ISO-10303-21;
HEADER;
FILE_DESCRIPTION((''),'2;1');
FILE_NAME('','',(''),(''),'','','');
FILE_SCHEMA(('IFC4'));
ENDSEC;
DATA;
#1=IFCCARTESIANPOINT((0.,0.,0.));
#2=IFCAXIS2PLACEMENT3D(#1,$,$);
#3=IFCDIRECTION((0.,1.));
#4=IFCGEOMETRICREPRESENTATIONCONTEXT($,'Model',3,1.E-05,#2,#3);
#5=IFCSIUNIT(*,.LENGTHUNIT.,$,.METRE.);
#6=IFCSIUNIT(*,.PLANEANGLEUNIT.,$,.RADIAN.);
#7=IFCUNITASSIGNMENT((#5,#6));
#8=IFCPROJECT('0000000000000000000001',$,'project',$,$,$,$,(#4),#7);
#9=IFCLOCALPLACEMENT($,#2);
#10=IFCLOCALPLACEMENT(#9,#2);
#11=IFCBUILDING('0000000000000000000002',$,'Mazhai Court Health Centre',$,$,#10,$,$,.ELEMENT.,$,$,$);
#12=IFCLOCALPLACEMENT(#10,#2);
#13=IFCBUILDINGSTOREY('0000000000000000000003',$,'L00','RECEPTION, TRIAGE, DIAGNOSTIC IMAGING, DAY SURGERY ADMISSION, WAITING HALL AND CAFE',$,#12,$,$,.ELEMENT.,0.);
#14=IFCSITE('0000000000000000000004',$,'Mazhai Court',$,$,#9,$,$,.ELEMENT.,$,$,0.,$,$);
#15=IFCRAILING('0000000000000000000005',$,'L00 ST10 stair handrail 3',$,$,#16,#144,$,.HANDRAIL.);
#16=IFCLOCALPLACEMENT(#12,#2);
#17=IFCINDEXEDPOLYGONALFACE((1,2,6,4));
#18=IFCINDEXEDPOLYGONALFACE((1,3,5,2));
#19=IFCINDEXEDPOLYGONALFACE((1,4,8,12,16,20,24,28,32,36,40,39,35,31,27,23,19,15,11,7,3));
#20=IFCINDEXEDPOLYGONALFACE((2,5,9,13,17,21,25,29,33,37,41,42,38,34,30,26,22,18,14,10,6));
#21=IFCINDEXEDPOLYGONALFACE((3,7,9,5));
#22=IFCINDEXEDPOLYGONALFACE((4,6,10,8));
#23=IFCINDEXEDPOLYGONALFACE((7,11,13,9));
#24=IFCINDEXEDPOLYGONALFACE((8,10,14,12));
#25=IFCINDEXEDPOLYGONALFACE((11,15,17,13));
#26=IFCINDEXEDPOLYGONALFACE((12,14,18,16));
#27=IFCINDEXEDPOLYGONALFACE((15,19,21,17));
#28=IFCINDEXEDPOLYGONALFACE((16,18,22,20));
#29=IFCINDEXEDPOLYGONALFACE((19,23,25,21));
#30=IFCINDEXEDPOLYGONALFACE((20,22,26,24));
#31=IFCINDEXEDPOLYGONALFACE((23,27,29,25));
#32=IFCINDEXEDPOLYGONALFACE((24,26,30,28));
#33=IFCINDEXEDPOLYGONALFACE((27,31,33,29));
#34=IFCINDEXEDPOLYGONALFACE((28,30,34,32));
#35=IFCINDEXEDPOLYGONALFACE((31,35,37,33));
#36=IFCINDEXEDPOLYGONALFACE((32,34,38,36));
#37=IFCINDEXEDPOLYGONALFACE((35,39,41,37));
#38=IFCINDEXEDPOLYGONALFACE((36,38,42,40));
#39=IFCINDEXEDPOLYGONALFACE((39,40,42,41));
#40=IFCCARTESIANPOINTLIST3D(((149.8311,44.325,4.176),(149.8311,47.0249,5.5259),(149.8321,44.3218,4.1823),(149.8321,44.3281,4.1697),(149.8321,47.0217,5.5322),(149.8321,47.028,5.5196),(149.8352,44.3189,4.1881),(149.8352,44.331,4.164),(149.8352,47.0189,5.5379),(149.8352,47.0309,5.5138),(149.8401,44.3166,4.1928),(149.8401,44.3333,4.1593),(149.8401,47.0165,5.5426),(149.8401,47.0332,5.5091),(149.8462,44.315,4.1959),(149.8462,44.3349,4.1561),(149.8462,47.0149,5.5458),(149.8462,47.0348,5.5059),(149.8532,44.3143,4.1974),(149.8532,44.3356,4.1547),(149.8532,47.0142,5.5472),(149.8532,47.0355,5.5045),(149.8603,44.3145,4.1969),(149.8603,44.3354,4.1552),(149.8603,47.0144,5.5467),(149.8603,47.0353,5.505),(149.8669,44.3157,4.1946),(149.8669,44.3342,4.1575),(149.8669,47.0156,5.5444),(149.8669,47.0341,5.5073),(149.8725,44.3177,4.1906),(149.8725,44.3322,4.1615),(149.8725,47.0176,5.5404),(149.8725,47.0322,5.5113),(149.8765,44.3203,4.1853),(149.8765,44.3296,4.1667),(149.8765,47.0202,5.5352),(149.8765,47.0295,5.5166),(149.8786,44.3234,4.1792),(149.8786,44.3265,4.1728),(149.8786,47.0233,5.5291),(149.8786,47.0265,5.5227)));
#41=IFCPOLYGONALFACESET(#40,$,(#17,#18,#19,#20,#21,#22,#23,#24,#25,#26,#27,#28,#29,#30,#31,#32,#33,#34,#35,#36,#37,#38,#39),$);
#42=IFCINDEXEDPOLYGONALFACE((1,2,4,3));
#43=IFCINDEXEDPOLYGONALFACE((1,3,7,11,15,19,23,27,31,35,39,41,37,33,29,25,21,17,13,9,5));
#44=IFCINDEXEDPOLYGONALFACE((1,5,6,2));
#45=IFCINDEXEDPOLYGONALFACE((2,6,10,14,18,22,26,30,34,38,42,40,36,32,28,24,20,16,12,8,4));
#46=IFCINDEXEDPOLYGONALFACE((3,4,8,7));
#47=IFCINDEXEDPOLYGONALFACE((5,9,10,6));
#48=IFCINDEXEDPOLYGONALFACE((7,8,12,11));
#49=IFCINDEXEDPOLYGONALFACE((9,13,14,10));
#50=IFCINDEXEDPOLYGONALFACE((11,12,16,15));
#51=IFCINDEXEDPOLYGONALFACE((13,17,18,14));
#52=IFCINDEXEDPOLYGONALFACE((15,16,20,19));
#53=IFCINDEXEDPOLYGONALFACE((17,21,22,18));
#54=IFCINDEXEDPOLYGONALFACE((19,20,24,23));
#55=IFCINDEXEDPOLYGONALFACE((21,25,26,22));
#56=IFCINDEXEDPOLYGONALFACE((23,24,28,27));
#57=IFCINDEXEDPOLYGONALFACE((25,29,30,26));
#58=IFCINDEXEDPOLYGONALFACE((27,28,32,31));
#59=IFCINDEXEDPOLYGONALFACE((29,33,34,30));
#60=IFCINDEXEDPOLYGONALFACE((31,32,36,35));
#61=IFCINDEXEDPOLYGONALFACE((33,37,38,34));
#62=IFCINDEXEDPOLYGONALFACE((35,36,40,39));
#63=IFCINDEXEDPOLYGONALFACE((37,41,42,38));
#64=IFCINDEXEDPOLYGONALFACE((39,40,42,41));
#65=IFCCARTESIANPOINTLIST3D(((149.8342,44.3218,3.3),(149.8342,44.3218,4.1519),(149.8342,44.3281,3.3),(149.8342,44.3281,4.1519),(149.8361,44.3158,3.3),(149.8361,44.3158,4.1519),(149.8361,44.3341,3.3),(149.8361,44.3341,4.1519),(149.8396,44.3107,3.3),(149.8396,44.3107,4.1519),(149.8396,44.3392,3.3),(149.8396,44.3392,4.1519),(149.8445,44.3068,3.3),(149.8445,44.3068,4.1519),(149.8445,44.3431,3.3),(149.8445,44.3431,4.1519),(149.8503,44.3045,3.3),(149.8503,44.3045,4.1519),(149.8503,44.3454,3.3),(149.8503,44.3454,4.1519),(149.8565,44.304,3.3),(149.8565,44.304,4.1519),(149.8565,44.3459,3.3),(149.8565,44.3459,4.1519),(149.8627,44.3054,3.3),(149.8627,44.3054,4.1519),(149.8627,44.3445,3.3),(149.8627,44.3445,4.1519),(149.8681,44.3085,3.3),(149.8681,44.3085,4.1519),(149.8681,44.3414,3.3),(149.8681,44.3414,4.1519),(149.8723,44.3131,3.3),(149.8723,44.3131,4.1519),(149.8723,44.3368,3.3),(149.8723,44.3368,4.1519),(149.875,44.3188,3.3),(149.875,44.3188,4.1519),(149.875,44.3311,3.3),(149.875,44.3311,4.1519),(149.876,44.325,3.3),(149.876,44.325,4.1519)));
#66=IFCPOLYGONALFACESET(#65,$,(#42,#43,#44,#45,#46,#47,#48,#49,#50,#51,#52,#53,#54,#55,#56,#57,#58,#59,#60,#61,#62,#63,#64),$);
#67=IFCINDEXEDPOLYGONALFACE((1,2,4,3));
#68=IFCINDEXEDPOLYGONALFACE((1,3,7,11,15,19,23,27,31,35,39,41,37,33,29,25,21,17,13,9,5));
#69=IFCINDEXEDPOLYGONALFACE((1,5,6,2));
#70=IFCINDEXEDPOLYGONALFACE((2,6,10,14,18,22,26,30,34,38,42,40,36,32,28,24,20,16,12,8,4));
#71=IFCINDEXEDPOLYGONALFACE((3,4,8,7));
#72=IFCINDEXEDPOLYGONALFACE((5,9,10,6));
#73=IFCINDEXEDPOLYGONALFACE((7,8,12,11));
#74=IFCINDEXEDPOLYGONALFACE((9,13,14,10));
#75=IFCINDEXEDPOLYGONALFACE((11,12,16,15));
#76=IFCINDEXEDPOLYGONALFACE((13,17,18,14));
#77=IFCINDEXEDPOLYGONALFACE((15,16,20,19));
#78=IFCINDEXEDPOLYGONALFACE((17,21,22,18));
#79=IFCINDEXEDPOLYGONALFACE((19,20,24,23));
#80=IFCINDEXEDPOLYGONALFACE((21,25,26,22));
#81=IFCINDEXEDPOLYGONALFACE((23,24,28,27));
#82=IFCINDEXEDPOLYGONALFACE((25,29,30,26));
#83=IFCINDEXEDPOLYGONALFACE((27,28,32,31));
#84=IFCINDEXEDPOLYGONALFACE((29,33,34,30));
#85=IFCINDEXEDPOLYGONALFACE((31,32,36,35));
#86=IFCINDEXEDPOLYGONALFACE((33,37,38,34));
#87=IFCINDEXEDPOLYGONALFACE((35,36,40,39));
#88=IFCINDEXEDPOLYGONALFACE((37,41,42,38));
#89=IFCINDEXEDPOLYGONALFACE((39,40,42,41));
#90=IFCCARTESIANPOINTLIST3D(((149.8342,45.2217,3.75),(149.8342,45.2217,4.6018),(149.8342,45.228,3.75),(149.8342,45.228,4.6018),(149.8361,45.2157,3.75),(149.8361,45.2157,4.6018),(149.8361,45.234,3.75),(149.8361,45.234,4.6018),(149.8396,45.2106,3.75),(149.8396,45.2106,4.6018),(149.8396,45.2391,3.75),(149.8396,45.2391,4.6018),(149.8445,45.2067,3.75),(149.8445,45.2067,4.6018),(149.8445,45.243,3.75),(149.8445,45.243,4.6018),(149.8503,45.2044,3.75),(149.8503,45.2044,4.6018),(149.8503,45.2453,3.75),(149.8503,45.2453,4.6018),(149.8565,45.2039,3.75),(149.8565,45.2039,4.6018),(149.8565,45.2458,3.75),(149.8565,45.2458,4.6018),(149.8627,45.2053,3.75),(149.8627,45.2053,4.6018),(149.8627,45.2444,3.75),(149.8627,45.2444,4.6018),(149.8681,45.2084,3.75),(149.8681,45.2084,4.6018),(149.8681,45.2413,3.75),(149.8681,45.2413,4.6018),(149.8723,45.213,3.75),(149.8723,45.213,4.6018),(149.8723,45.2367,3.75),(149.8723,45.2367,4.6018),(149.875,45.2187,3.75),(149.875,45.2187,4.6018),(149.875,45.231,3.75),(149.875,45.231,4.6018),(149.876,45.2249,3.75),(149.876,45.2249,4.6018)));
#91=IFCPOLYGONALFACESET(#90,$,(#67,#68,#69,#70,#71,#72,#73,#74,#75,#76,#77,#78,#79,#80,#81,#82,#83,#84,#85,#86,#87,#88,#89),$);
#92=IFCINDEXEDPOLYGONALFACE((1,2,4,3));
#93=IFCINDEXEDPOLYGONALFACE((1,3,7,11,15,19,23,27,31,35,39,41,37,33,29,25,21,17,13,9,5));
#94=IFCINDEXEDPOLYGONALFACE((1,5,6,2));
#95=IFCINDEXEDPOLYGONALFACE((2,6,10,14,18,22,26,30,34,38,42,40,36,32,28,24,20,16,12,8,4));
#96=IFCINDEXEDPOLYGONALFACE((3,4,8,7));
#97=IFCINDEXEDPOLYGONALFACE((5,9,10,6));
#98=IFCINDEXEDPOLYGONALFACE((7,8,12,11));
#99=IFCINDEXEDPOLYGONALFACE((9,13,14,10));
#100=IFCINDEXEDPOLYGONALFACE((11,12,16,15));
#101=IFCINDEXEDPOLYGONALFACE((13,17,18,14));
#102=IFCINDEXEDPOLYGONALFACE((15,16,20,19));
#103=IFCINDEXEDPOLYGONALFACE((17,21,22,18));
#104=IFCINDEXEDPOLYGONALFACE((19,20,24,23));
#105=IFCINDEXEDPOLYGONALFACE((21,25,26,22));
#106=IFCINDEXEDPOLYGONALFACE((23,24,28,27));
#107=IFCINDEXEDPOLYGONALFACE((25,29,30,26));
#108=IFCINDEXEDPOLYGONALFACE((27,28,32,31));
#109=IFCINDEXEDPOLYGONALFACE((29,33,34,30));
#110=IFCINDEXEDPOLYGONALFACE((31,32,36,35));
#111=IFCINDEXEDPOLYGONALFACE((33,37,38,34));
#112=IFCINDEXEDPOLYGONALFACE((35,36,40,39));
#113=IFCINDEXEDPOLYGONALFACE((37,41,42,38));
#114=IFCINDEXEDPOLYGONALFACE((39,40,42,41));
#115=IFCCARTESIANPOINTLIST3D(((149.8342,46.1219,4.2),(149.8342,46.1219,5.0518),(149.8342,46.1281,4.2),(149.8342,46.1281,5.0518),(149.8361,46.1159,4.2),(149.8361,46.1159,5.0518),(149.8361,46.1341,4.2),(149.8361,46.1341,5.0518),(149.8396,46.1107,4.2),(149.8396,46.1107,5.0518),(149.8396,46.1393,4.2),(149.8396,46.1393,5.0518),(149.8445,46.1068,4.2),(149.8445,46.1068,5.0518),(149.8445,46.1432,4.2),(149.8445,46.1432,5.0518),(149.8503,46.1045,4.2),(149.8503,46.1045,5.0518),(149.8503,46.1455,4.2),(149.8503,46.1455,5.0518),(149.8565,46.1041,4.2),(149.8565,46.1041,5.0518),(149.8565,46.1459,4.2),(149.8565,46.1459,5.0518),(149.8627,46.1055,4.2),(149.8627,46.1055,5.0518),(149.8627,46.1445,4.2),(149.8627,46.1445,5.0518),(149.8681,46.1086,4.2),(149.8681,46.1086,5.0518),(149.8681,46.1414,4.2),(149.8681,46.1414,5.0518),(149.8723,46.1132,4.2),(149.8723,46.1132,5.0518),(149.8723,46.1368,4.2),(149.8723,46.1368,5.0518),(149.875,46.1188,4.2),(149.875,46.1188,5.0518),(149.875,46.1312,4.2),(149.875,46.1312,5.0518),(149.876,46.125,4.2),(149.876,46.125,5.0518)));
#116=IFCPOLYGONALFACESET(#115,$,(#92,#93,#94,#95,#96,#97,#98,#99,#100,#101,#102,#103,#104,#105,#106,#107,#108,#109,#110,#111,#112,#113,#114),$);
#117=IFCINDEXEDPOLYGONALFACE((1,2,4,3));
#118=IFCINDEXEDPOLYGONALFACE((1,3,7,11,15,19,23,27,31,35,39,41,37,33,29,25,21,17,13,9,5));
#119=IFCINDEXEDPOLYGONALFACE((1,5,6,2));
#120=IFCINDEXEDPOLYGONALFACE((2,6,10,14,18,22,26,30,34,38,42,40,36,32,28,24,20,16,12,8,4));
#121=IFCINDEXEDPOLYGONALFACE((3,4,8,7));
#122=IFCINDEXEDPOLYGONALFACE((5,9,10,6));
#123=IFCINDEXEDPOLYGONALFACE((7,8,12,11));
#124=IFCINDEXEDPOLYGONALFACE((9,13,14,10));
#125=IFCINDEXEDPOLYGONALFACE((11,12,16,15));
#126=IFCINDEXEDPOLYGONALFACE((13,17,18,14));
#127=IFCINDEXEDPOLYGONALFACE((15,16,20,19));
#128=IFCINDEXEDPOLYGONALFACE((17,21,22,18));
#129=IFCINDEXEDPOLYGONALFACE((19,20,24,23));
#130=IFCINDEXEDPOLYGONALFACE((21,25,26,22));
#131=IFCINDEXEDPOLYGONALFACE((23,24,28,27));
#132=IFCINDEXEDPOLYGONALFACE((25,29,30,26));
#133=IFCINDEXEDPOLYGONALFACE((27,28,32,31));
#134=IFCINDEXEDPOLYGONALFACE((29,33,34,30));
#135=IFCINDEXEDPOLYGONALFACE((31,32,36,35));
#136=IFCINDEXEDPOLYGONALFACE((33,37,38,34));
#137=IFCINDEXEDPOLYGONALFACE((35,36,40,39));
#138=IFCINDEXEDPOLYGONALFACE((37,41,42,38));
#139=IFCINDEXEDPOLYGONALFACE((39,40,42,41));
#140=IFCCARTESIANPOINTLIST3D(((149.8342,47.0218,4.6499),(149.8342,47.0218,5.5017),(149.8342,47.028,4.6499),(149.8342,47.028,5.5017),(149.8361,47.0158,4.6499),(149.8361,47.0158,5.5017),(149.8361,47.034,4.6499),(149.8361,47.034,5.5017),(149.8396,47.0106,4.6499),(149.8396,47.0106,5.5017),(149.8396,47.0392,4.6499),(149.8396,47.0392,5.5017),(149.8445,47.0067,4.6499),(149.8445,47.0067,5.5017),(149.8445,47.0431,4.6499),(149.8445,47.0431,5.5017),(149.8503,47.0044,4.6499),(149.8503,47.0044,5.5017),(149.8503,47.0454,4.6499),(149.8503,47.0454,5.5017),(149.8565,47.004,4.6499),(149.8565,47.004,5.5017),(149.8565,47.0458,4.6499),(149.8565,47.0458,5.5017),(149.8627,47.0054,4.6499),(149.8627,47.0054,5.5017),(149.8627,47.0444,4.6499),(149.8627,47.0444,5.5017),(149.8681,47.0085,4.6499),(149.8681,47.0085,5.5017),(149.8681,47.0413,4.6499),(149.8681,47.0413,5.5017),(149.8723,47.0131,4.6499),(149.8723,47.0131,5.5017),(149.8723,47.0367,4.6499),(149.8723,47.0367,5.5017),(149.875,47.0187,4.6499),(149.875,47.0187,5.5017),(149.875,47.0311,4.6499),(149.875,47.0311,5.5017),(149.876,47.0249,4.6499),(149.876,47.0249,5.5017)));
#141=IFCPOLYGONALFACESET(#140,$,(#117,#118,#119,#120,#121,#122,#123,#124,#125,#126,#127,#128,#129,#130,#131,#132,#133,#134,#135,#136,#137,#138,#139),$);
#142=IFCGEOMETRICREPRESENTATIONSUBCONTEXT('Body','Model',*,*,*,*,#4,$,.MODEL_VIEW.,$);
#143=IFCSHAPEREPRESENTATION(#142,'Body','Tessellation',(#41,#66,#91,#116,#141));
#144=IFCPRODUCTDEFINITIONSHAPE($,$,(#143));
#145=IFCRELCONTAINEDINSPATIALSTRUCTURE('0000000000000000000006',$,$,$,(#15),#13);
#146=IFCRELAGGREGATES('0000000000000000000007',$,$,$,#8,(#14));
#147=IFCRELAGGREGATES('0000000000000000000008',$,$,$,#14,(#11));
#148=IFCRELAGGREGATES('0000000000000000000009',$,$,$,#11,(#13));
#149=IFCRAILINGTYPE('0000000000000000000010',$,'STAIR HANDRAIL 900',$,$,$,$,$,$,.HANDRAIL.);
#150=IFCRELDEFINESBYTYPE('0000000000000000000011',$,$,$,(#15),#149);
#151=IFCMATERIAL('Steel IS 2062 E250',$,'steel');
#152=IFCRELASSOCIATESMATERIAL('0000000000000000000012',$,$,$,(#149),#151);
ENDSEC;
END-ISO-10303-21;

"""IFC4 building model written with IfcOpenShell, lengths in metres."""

from ifc_helpers import new_model, si_unit, direction, frame, origin, origin_2d, place, context, subcontext, project, spatial, circle, extrude, material, type_object, element, save


model = new_model("IFC4")

# Units and contexts
model_context = context("Model", 3, precision=1e-05, world=origin(), true_north=direction((0.0, 1.0)))
body_context = subcontext(model_context, "Body", "Model", "MODEL_VIEW")
ifc_project = project(units=[si_unit("LENGTHUNIT", "METRE"), si_unit("PLANEANGLEUNIT", "RADIAN")], contexts=[model_context])

# Site, building, storey
site_placement = place(None, origin())
site = spatial("IfcSite", under=ifc_project, at=site_placement, Name="Mazhai Court", CompositionType="ELEMENT", RefElevation=0.0)
building_placement = place(site_placement, origin())
building = spatial("IfcBuilding", under=site, at=building_placement, Name="Mazhai Court Health Centre", CompositionType="ELEMENT")
storey_placement = place(building_placement, origin())
storey = spatial("IfcBuildingStorey", under=building, at=storey_placement, Name="L00", Description="RECEPTION, TRIAGE, DIAGNOSTIC IMAGING, DAY SURGERY ADMISSION, WAITING HALL AND CAFE", CompositionType="ELEMENT", Elevation=0.0)

# Railing
ifc_material_1 = material(Name="Steel IS 2062 E250", Category="steel")
railing_type_1 = type_object("IfcRailingType", Name="STAIR HANDRAIL 900", PredefinedType="HANDRAIL", material=ifc_material_1)
railing_1_placement = place(storey_placement, frame((149.855, 44.325, 3.3)))
element("IfcRailing", 1, at=railing_1_placement, inside=storey, type_object=railing_type_1, Name="L00 ST10 stair handrail 3", PredefinedType="HANDRAIL", context=body_context, shape_type="SweptSolid", body=[
    extrude(circle(Radius=0.0239, at=origin_2d()), frame((0.0, 0.0, 0.876), z_axis=(0.0, 0.894443, 0.447181), x_axis=(-1.0, 0.0, 0.0)), (0.0, 0.0, 1.0), 3.0186),
    extrude(circle(Radius=0.021, at=origin_2d()), origin(), (0.0, 0.0, 1.0), 0.8518),
    extrude(circle(Radius=0.021, at=origin_2d()), frame((0.0, 0.8999, 0.45)), (0.0, 0.0, 1.0), 0.8518),
    extrude(circle(Radius=0.021, at=origin_2d()), frame((0.0, 1.8, 0.8999)), (0.0, 0.0, 1.0), 0.8518),
    extrude(circle(Radius=0.021, at=origin_2d()), frame((0.0, 2.7, 1.3499)), (0.0, 0.0, 1.0), 0.8518),
])

save(model, "model.ifc")
